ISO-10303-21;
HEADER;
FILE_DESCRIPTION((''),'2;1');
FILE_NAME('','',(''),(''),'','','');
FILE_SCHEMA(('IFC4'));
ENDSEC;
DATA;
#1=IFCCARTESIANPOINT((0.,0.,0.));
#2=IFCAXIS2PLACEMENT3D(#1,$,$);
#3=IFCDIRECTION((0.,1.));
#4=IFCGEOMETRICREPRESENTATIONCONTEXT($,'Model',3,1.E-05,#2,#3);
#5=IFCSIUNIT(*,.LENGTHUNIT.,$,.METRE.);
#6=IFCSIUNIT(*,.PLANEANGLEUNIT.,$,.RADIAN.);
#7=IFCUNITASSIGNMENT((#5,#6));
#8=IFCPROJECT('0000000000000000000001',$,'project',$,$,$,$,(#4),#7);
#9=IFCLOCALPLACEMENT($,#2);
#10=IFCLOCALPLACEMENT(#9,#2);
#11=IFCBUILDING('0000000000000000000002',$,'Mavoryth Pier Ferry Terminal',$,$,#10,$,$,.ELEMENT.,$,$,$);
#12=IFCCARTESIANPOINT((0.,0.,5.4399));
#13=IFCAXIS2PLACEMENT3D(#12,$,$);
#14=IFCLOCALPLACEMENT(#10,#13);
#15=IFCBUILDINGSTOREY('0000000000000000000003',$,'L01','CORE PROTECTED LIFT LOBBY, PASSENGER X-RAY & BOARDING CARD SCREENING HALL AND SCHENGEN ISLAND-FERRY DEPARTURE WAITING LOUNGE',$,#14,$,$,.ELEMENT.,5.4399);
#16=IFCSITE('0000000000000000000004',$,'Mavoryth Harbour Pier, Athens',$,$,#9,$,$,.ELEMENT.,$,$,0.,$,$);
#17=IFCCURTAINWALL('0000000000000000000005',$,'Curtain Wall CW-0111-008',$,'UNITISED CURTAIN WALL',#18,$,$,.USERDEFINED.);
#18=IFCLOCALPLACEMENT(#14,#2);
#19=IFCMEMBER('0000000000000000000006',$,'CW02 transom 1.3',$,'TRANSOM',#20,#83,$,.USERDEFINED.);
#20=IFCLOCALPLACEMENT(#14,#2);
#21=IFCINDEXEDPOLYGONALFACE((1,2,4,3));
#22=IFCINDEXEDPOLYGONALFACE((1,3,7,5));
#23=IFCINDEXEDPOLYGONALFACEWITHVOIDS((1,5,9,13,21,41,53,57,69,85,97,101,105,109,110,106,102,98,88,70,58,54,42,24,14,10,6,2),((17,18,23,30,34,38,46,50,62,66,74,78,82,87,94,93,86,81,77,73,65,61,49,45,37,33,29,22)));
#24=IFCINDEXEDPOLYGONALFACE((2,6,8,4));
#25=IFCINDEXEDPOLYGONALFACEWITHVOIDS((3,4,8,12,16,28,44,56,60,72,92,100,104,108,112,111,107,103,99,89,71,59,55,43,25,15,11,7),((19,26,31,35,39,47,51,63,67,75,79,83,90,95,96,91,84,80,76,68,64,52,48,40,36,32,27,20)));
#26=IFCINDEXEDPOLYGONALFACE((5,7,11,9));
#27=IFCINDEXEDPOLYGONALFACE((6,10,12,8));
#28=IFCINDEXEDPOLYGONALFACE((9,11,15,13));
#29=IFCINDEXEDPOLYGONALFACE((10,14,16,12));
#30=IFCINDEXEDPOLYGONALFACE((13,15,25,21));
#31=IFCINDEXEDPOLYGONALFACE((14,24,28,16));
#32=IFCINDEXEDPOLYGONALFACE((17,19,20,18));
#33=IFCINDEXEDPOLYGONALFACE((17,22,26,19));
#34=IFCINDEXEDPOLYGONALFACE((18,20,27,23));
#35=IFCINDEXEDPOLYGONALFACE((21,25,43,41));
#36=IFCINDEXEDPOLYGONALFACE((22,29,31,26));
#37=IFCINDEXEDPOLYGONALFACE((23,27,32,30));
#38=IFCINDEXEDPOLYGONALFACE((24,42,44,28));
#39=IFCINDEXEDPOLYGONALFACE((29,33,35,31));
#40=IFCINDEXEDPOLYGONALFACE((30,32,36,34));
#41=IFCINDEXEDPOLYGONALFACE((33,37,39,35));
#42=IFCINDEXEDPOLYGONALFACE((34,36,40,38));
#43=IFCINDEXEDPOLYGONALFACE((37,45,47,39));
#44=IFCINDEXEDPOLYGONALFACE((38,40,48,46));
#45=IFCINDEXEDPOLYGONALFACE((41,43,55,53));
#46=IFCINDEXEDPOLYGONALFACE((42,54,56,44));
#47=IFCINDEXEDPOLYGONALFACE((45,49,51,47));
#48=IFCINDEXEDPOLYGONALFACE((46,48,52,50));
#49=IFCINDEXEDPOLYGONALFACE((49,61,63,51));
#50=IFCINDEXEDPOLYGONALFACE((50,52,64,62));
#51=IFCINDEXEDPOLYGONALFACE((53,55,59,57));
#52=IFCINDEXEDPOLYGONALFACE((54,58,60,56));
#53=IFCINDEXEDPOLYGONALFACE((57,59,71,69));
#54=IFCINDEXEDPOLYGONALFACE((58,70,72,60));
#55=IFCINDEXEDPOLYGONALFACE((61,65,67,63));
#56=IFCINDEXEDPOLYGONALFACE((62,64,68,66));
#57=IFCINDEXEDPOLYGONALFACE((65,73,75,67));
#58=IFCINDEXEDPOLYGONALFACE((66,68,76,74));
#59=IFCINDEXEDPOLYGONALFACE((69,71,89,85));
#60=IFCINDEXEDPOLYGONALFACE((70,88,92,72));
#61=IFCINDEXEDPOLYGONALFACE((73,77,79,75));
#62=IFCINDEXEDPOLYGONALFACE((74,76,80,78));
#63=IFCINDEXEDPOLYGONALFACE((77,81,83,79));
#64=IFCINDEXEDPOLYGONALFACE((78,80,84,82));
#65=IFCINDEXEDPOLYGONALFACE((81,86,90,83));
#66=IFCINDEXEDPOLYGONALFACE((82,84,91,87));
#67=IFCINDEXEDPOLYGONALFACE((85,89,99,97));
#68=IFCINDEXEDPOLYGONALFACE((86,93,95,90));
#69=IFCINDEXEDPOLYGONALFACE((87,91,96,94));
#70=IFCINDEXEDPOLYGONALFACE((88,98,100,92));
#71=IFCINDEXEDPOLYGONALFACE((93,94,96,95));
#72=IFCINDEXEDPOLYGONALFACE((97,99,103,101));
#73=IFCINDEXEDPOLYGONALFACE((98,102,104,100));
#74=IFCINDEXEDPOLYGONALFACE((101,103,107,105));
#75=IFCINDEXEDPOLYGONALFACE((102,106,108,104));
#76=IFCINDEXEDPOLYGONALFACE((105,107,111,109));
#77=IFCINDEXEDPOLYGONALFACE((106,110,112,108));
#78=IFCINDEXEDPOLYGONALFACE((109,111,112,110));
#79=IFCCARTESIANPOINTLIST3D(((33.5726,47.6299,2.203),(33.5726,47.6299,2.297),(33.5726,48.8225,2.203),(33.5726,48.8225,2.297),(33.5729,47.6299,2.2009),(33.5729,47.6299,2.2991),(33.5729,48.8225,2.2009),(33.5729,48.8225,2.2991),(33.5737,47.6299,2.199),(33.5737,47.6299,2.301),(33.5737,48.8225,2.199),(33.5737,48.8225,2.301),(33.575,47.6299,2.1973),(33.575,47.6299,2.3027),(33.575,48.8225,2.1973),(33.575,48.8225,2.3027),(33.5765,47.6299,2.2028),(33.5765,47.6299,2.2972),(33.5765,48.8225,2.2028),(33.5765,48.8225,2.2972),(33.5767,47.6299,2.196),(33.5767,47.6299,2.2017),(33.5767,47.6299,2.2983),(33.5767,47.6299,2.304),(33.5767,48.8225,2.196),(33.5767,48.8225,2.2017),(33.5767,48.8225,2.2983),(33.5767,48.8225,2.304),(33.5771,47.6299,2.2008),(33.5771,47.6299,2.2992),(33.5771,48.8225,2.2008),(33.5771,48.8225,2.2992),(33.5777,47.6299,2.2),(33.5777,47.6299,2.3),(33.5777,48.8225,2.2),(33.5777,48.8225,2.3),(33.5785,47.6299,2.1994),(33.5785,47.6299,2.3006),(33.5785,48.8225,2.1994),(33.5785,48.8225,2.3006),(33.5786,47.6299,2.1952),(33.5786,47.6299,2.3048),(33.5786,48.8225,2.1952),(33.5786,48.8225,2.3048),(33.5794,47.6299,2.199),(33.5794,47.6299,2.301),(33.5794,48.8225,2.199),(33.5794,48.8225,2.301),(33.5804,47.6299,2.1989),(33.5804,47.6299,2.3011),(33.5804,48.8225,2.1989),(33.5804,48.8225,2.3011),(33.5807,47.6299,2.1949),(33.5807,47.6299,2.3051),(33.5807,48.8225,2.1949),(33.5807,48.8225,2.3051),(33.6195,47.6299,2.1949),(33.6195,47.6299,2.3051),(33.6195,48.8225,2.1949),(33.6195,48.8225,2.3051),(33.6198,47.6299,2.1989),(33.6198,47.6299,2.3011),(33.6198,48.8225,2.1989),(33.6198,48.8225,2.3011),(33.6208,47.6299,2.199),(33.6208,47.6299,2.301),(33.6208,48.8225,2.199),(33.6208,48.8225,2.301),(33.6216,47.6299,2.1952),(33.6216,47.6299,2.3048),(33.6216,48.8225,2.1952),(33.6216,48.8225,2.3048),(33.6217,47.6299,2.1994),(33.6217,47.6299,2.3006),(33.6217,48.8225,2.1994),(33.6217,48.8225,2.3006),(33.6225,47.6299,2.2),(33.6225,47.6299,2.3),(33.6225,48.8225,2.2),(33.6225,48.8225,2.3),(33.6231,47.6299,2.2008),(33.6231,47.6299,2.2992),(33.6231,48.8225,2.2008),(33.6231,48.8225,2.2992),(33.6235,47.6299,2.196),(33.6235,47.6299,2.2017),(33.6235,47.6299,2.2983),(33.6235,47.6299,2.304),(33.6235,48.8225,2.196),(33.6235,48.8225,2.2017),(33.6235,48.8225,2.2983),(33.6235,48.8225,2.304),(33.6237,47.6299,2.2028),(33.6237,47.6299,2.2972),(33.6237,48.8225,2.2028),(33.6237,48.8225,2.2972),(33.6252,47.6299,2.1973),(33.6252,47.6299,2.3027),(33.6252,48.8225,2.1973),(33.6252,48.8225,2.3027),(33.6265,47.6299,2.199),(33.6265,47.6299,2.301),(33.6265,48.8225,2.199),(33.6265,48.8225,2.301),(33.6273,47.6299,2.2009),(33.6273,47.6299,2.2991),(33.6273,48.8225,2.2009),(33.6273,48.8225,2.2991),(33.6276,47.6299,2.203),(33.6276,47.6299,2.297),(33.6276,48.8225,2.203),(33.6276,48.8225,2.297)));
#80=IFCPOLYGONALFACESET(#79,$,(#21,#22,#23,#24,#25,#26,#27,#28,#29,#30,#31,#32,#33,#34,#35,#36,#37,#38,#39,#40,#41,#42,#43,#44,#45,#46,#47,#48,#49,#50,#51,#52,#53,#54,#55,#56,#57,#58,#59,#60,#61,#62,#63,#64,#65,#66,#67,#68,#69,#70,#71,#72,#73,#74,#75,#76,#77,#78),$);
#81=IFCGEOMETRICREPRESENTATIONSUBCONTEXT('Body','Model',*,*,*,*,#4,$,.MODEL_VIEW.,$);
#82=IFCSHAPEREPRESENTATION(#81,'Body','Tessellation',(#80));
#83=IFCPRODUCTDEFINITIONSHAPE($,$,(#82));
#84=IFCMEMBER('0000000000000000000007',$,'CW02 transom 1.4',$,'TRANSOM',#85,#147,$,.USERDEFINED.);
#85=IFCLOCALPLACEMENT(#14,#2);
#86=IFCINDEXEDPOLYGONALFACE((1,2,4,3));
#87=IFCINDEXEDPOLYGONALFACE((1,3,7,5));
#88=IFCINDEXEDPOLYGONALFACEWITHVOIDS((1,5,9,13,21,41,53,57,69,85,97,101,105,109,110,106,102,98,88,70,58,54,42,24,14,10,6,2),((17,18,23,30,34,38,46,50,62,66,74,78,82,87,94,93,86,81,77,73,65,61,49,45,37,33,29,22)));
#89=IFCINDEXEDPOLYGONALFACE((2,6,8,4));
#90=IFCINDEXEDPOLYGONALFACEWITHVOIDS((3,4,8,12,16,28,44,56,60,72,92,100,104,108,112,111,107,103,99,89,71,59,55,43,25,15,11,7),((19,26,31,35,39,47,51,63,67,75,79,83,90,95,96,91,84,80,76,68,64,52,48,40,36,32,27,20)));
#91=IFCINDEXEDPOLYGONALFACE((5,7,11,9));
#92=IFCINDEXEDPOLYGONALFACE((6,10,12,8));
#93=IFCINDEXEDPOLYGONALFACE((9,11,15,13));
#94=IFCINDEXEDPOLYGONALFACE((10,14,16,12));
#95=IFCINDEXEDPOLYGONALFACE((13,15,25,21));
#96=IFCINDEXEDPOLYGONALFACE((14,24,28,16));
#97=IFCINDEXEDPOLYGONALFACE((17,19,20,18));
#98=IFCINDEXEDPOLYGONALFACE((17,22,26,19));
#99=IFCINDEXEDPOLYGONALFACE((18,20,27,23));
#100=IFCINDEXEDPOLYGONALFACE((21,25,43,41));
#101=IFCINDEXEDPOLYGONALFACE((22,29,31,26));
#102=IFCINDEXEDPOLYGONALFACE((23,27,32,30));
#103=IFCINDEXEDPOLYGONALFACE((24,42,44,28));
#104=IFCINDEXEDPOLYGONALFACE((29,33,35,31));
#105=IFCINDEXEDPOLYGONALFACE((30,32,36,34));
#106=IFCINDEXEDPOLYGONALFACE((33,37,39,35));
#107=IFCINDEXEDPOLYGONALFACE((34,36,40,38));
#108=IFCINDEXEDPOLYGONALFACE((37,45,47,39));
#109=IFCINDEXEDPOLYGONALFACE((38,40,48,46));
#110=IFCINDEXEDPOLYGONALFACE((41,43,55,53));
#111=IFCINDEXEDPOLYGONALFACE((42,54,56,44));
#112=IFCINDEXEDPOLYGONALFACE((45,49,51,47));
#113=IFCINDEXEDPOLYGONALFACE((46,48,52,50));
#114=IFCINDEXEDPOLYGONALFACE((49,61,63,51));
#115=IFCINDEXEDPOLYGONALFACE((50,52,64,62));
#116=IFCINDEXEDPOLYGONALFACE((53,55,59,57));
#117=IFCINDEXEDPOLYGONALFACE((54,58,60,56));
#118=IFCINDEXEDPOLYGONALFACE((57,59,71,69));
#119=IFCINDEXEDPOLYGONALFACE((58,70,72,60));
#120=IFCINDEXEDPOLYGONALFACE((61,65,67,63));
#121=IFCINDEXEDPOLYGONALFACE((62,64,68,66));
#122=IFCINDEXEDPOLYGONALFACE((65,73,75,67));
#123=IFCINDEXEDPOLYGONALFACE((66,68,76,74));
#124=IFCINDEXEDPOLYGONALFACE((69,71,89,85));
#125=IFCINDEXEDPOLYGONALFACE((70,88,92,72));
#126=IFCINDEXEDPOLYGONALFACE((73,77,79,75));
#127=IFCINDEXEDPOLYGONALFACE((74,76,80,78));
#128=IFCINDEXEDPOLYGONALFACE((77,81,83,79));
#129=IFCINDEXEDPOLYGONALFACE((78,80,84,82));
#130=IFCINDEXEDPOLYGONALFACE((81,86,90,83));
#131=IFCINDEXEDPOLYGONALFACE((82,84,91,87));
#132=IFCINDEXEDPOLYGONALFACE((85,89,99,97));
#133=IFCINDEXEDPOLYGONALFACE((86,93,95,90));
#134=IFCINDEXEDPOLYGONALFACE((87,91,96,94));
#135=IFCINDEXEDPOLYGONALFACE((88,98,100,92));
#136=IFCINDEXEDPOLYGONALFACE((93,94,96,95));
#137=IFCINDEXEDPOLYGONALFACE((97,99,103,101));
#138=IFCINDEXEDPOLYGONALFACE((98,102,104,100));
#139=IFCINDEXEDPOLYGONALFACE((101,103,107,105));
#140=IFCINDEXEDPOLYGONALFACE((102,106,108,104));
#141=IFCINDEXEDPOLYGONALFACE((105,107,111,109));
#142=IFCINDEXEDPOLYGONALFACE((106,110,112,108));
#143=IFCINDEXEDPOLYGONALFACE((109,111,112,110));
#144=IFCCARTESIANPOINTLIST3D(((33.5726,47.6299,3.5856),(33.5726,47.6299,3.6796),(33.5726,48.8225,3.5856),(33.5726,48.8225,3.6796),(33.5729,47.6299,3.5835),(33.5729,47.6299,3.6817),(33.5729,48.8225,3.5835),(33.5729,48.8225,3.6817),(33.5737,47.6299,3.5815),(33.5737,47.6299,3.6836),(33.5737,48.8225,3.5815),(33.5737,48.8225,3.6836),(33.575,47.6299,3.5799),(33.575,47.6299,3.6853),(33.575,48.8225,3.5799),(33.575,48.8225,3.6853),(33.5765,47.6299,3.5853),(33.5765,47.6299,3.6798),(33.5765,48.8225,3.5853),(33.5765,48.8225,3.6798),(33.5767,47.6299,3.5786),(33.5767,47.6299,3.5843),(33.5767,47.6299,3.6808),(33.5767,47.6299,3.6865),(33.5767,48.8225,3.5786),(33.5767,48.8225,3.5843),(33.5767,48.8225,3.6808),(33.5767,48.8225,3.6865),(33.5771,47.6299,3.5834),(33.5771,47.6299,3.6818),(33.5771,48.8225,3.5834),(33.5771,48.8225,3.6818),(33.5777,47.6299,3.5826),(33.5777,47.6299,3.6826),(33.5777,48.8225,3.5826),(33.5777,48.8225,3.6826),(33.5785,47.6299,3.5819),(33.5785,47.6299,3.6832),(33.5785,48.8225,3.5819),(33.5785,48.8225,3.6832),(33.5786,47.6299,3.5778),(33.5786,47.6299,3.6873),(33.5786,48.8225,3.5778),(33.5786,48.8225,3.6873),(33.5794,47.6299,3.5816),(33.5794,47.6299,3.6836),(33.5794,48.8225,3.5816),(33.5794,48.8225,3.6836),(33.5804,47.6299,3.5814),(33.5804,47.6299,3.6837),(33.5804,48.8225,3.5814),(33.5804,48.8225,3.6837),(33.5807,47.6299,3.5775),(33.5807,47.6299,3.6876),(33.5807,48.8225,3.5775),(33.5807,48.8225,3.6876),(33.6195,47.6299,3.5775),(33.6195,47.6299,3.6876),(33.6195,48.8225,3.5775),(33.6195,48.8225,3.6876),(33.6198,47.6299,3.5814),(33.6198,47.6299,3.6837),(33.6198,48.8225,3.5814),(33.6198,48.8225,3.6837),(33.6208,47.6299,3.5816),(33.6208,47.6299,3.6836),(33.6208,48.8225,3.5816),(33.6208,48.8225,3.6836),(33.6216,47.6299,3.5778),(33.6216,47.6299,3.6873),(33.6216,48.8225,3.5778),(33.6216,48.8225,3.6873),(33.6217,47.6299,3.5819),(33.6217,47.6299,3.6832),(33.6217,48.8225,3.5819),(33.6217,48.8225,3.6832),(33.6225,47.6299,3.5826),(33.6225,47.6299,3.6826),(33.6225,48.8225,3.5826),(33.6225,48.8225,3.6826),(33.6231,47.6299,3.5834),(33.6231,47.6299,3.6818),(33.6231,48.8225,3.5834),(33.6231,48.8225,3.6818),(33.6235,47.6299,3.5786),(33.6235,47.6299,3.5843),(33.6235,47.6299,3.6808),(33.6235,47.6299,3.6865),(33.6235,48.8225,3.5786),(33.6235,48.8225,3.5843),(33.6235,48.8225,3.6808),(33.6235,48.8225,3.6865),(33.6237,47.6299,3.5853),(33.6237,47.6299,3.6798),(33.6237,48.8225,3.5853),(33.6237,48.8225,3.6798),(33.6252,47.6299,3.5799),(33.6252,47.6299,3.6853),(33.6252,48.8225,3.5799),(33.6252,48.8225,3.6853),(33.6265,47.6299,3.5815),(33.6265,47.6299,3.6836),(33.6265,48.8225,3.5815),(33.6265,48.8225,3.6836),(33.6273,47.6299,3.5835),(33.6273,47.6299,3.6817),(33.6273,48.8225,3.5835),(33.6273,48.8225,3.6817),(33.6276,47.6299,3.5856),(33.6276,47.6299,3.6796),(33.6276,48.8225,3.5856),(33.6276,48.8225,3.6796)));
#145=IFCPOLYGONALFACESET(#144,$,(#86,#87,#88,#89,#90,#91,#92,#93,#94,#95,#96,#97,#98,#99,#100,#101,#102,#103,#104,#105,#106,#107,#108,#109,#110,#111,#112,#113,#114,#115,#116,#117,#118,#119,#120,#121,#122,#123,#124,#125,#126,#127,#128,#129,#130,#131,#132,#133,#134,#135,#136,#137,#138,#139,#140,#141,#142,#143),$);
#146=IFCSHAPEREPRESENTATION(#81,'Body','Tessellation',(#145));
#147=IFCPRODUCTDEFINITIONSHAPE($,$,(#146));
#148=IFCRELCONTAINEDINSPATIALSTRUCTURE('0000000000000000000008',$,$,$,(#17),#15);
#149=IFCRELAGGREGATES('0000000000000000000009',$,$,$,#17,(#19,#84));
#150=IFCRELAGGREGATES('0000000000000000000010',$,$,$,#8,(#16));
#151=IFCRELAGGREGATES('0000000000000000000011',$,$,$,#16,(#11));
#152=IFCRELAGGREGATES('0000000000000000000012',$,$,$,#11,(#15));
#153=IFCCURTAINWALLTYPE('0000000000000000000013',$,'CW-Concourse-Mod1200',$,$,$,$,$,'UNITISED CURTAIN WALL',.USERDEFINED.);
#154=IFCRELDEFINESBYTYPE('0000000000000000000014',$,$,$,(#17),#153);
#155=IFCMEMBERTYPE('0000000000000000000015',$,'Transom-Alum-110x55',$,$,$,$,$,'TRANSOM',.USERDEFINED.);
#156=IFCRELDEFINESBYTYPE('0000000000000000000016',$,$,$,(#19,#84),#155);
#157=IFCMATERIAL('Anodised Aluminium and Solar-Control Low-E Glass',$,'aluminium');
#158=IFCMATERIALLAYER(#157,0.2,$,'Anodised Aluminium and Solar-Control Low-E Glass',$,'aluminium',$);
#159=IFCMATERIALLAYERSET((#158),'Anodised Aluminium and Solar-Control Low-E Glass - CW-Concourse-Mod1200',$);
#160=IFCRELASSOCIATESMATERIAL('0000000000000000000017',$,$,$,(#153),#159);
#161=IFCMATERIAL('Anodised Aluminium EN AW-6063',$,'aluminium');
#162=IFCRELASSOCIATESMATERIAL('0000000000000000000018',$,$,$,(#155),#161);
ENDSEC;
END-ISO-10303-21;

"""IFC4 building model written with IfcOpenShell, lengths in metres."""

from ifc_helpers import new_model, si_unit, direction, frame, origin, origin_2d, place, context, subcontext, project, spatial, hollow_rectangle, extrude, material, layer, layer_set, material_profile, profile_set, type_object, element, aggregate, save


model = new_model("IFC4")

# Units and contexts
model_context = context("Model", 3, precision=1e-05, world=origin(), true_north=direction((0.0, 1.0)))
body_context = subcontext(model_context, "Body", "Model", "MODEL_VIEW")
ifc_project = project(units=[si_unit("LENGTHUNIT", "METRE"), si_unit("PLANEANGLEUNIT", "RADIAN")], contexts=[model_context])

# Site, building, storey
site_placement = place(None, origin())
site = spatial("IfcSite", under=ifc_project, at=site_placement, Name="Mavoryth Harbour Pier, Athens", CompositionType="ELEMENT", RefElevation=0.0)
building_placement = place(site_placement, origin())
building = spatial("IfcBuilding", under=site, at=building_placement, Name="Mavoryth Pier Ferry Terminal", CompositionType="ELEMENT")
storey_placement = place(building_placement, frame((0.0, 0.0, 5.4399)))
storey = spatial("IfcBuildingStorey", under=building, at=storey_placement, Name="L01", Description="CORE PROTECTED LIFT LOBBY, PASSENGER X-RAY & BOARDING CARD SCREENING HALL AND SCHENGEN ISLAND-FERRY DEPARTURE WAITING LOUNGE", CompositionType="ELEMENT", Elevation=5.4399)

# Curtain wall
ifc_material_1 = material(Name="Anodised Aluminium and Solar-Control Low-E Glass", Category="aluminium")
ifc_layer_1 = layer(ifc_material_1, 0.2, Name="Anodised Aluminium and Solar-Control Low-E Glass", Category="aluminium")
ifc_layer_set_1 = layer_set([ifc_layer_1], Name="Anodised Aluminium and Solar-Control Low-E Glass - CW-Concourse-Mod1200")
curtain_wall_type = type_object("IfcCurtainWallType", Name="CW-Concourse-Mod1200", ElementType="UNITISED CURTAIN WALL", PredefinedType="USERDEFINED", material=ifc_layer_set_1)
curtain_wall_placement = place(storey_placement, origin())
curtain_wall = element("IfcCurtainWall", 1, at=curtain_wall_placement, inside=storey, type_object=curtain_wall_type, Name="Curtain Wall CW-0111-008", ObjectType="UNITISED CURTAIN WALL", PredefinedType="USERDEFINED")
ifc_material_2 = material(Name="Anodised Aluminium EN AW-6063", Category="aluminium")

# Members
ifc_material_profile_1 = material_profile(ifc_material_2, hollow_rectangle(XDim=0.0549, YDim=0.1101, WallThickness=0.0039, InnerFilletRadius=0.0039, OuterFilletRadius=0.0081, at=origin_2d()), Name="AL-TRAN 110x55x4", Category="aluminium")
ifc_profile_set_1 = profile_set([ifc_material_profile_1], Name="Anodised Aluminium EN AW-6063 - AL-TRAN 110x55x4")
member_type_1 = type_object("IfcMemberType", Name="Transom-Alum-110x55", ElementType="TRANSOM", PredefinedType="USERDEFINED", material=ifc_profile_set_1)
member_1_placement = place(storey_placement, frame((33.6001, 47.6299, 2.25), z_axis=(0.0, 1.0, 0.0), x_axis=(-1.0, 0.0, 0.0)))
member_1 = element("IfcMember", 2, at=member_1_placement, type_object=member_type_1, Name="CW02 transom 1.3", ObjectType="TRANSOM", PredefinedType="USERDEFINED", context=body_context, shape_type="SweptSolid", body=[
    extrude(hollow_rectangle(XDim=0.0549, YDim=0.1101, WallThickness=0.0039, InnerFilletRadius=0.0039, OuterFilletRadius=0.0081, at=origin_2d()), origin(), (0.0, 0.0, 1.0), 1.1926),
])
member_2_placement = place(storey_placement, frame((33.6001, 47.6299, 3.6326), z_axis=(0.0, 1.0, 0.0), x_axis=(-1.0, 0.0, 0.0)))
member_2 = element("IfcMember", 3, at=member_2_placement, type_object=member_type_1, Name="CW02 transom 1.4", ObjectType="TRANSOM", PredefinedType="USERDEFINED", context=body_context, shape_type="SweptSolid", body=[
    extrude(hollow_rectangle(XDim=0.0549, YDim=0.1101, WallThickness=0.0039, InnerFilletRadius=0.0039, OuterFilletRadius=0.0081, at=origin_2d()), origin(), (0.0, 0.0, 1.0), 1.1926),
])

aggregate(curtain_wall, [member_1, member_2])

save(model, "model.ifc")
